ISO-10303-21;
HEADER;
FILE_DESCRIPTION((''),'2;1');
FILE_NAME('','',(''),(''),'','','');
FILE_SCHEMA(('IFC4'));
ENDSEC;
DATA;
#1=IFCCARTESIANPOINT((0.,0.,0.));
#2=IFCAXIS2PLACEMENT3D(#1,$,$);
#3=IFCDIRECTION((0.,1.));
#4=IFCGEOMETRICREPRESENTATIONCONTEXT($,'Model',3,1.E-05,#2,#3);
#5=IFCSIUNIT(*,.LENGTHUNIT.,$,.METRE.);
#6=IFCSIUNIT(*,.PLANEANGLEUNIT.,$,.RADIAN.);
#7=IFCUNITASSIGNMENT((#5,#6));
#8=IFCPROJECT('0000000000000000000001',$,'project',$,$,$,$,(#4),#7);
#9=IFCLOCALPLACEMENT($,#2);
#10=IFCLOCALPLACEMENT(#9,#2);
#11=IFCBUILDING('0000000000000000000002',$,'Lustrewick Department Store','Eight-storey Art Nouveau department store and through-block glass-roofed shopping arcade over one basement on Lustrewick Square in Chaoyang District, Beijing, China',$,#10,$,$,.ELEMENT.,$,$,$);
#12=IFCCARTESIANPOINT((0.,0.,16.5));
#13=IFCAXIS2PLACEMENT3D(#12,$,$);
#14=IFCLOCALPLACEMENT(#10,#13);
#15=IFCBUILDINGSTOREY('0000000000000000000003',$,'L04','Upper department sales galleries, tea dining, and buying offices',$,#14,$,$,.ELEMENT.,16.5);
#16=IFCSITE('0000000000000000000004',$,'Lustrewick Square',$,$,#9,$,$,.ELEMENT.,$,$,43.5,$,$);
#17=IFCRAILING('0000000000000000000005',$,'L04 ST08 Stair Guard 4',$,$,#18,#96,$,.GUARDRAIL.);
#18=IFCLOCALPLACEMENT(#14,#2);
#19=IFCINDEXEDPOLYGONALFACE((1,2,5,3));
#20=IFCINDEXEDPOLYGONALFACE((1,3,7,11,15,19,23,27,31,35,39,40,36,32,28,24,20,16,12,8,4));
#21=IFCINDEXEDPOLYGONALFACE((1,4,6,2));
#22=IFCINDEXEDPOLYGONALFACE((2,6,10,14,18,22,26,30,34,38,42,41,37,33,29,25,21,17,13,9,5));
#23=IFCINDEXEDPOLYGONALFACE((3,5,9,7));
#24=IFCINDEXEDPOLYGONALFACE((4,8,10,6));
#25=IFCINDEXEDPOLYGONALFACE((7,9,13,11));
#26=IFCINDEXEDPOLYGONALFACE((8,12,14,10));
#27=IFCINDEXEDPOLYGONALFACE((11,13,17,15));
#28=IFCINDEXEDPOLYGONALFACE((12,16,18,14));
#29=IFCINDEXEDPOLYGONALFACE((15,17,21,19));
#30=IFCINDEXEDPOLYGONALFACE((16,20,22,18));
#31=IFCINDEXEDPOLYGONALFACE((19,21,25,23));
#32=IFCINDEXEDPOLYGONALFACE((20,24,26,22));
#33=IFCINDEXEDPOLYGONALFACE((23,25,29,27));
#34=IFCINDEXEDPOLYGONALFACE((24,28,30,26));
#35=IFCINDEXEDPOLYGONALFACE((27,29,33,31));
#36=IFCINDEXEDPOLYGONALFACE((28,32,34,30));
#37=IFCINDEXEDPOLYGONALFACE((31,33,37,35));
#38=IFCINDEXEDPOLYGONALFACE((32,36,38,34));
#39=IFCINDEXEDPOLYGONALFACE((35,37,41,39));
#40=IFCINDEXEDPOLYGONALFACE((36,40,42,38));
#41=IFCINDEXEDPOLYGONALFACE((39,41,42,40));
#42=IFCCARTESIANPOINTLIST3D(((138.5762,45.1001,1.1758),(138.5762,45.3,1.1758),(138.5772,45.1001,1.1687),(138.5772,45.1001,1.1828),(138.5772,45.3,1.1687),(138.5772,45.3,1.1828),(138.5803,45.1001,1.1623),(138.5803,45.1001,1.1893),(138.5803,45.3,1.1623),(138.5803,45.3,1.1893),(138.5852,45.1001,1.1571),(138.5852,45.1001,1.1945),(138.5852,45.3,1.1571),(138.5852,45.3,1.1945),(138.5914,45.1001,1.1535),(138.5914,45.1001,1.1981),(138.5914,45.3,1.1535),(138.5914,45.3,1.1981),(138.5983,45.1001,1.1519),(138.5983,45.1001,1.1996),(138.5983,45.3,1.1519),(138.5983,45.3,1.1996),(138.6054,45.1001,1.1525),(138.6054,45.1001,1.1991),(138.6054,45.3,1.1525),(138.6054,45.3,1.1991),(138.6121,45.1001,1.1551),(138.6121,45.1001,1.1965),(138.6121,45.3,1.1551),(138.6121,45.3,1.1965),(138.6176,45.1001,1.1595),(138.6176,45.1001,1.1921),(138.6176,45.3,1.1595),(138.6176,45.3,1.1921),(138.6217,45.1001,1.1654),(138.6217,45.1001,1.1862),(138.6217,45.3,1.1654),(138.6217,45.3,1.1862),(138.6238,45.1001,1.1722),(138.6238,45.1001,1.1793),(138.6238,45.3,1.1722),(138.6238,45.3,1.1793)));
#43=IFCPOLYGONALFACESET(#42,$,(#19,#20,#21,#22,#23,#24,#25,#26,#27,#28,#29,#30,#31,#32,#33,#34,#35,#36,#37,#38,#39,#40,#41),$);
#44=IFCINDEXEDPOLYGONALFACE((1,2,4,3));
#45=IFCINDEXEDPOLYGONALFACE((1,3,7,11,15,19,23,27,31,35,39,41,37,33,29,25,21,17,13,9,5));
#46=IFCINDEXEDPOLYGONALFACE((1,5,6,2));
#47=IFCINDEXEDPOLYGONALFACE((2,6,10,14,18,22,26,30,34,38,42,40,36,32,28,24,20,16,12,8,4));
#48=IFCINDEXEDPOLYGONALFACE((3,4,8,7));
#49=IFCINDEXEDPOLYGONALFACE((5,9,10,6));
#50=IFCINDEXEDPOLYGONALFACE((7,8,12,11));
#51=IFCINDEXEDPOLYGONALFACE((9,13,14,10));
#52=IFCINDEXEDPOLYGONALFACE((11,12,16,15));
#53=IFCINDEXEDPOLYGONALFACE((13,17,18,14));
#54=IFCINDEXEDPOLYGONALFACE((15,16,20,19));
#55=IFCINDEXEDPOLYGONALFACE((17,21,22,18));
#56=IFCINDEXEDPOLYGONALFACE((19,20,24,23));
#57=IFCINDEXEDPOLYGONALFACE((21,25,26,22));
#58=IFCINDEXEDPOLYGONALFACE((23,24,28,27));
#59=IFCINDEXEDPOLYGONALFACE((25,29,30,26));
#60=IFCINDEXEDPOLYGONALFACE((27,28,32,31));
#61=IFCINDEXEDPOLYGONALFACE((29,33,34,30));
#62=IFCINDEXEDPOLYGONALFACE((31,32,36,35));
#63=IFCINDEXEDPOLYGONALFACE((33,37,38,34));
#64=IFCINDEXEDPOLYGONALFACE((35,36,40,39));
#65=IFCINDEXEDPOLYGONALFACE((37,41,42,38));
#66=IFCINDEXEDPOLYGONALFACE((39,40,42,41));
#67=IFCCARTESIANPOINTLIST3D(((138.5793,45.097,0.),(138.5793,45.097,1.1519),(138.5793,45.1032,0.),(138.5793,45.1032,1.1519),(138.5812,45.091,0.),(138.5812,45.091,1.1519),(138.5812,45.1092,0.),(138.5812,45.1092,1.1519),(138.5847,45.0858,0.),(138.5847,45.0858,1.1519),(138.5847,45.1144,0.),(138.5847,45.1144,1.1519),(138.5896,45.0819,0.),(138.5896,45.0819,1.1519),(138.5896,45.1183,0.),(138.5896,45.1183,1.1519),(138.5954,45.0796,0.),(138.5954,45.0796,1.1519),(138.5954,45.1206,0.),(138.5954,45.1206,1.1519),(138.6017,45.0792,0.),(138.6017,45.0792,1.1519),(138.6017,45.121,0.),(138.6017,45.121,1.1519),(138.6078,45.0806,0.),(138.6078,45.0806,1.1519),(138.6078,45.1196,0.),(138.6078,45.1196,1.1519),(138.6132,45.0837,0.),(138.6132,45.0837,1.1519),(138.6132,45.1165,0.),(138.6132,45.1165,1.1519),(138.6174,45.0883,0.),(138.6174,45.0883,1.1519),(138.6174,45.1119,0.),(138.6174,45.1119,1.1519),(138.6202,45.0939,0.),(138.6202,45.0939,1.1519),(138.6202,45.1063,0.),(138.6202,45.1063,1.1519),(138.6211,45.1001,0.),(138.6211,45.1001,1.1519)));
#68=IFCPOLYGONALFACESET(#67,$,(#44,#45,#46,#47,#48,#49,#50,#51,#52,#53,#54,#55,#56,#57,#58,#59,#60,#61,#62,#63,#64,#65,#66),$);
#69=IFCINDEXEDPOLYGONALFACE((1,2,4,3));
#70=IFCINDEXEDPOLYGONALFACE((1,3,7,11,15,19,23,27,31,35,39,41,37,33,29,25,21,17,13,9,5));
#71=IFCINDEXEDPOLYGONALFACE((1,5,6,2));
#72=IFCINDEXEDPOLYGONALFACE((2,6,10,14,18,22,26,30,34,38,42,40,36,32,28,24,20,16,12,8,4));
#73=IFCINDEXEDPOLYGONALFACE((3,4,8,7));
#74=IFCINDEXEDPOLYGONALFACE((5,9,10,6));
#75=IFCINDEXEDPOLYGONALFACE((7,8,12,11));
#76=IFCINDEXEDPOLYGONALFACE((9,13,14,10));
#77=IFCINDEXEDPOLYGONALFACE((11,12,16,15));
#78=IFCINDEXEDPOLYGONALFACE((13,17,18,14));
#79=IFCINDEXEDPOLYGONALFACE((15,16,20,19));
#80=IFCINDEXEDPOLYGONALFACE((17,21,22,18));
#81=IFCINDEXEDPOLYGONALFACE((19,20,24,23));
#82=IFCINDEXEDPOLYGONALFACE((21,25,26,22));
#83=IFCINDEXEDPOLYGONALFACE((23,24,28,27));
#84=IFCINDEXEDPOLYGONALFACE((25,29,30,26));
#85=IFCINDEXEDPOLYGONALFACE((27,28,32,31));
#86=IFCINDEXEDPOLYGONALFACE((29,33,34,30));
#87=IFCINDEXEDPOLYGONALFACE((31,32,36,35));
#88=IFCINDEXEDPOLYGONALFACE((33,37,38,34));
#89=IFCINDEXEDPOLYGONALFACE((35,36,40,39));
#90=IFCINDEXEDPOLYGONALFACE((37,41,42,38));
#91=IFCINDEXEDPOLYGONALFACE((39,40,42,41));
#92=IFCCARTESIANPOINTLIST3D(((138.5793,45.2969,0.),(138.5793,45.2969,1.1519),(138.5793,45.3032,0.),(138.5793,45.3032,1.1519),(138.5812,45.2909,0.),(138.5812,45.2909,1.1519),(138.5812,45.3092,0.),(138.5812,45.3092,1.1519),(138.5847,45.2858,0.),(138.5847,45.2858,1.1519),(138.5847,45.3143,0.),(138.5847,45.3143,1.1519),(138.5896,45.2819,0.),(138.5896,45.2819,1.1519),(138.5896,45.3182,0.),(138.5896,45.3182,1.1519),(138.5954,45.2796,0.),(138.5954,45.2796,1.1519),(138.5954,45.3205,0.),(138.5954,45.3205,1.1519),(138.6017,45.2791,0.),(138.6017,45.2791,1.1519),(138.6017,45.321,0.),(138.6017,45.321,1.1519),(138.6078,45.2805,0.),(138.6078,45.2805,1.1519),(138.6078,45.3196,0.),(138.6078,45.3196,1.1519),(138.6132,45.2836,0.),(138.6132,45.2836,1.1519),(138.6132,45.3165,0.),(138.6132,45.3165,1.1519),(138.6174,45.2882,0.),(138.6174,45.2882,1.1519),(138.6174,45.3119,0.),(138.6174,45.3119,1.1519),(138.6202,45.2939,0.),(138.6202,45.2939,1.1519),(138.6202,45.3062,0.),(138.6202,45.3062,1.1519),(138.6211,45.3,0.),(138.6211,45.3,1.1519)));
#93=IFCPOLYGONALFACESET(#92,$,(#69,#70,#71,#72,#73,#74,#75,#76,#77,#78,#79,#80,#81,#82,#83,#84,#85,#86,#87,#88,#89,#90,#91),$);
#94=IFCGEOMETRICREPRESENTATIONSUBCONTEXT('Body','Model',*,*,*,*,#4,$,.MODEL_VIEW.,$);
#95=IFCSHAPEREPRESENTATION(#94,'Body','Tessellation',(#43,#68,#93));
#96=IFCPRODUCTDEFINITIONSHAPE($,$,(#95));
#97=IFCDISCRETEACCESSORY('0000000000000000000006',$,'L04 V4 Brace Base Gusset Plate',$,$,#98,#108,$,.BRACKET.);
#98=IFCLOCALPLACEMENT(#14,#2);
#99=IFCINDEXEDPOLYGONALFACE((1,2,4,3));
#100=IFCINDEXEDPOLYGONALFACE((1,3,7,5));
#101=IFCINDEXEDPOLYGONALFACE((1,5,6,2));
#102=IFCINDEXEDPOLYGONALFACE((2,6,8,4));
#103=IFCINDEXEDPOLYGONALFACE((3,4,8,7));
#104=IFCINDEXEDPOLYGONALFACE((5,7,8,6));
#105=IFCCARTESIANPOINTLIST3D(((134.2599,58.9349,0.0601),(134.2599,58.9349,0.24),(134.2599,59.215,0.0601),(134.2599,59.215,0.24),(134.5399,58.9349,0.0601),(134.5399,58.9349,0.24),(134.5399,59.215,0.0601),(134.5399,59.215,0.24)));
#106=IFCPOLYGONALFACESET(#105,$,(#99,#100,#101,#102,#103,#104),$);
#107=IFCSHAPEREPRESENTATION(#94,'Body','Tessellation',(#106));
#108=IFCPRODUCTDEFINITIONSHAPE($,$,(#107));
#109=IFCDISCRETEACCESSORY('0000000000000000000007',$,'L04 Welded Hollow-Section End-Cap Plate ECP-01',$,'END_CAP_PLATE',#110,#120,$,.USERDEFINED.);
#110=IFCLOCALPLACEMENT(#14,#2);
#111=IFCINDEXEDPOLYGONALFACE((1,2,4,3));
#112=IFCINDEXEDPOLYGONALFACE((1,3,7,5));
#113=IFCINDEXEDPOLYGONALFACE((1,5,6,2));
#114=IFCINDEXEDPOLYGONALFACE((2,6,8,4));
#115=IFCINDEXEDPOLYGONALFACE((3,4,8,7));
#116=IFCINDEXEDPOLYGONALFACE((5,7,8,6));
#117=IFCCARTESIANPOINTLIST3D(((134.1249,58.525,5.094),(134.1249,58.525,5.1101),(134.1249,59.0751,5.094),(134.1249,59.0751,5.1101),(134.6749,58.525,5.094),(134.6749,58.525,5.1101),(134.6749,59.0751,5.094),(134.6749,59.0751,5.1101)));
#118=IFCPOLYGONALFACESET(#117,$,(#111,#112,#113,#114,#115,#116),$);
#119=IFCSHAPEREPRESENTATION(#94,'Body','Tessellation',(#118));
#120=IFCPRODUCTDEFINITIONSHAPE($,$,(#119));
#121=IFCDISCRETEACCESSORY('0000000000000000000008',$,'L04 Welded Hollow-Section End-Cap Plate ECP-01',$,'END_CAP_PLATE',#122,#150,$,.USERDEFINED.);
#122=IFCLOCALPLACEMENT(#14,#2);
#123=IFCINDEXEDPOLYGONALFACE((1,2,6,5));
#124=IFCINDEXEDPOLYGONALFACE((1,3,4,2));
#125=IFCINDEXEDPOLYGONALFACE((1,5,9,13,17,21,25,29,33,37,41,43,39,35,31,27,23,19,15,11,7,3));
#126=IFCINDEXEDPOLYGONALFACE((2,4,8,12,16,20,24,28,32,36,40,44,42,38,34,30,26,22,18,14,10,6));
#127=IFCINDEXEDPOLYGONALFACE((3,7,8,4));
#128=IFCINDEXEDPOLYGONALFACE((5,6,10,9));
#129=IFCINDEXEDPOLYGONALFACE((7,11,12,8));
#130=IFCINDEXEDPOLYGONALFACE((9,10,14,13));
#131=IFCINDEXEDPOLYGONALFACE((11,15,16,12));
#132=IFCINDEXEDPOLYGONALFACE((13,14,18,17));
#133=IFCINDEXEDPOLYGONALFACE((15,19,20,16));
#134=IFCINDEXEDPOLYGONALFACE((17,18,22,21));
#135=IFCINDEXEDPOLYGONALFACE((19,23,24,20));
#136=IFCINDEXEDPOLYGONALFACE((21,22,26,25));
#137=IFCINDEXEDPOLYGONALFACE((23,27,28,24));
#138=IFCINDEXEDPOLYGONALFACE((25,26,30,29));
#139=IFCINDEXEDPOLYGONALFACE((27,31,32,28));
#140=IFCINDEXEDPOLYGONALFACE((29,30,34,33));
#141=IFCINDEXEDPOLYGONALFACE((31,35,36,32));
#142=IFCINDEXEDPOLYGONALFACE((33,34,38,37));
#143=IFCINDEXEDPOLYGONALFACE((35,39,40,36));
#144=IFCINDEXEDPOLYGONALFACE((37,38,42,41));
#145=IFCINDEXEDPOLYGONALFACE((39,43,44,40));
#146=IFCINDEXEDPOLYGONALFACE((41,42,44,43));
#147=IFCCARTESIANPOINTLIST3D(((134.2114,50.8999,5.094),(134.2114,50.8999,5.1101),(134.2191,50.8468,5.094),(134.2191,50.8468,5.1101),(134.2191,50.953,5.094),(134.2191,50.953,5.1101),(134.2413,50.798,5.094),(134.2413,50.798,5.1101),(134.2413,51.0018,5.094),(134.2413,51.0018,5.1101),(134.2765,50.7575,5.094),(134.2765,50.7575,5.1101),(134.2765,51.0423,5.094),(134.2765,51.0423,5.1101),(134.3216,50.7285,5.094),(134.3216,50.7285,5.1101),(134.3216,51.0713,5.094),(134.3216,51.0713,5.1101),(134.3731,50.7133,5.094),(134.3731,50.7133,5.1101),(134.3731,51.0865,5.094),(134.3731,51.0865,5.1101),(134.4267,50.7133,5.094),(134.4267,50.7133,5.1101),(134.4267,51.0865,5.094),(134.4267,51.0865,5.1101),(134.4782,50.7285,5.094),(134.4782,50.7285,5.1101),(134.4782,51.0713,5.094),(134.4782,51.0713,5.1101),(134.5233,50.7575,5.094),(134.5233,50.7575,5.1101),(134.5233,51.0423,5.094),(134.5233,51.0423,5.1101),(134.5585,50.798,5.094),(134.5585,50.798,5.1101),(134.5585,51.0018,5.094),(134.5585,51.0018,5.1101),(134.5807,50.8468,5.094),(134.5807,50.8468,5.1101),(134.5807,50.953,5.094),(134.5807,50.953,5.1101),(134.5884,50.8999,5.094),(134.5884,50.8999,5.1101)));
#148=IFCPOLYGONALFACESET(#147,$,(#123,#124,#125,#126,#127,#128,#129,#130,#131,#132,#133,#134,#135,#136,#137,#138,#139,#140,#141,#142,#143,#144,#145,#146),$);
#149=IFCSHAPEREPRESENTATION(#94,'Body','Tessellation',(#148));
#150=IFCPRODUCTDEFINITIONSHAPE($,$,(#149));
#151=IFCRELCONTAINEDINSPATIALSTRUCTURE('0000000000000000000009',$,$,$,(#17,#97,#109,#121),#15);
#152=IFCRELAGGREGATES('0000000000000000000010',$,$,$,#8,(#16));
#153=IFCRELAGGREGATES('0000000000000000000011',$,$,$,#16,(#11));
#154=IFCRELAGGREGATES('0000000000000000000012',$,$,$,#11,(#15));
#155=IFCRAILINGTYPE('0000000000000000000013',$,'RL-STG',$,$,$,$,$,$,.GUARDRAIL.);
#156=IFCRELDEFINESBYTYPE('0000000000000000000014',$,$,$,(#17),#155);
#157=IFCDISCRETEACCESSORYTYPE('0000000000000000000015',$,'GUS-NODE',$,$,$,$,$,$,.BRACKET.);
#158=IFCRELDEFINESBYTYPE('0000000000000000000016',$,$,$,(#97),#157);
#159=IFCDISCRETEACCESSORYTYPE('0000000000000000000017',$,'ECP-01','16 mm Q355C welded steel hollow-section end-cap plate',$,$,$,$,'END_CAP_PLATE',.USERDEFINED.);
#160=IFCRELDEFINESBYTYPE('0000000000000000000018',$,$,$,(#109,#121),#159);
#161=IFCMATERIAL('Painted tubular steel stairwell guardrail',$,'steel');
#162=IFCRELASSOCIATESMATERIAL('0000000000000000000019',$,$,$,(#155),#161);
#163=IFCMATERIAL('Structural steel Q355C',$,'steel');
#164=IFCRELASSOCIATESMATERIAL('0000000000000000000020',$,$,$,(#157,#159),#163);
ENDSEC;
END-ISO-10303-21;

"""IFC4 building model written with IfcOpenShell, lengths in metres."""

from ifc_helpers import new_model, si_unit, direction, frame, origin, origin_2d, place, context, subcontext, project, spatial, rectangle, circle, extrude, material, type_object, element, save


model = new_model("IFC4")

# Units and contexts
model_context = context("Model", 3, precision=1e-05, world=origin(), true_north=direction((0.0, 1.0)))
body_context = subcontext(model_context, "Body", "Model", "MODEL_VIEW")
ifc_project = project(units=[si_unit("LENGTHUNIT", "METRE"), si_unit("PLANEANGLEUNIT", "RADIAN")], contexts=[model_context])

# Site, building, storey
site_placement = place(None, origin())
site = spatial("IfcSite", under=ifc_project, at=site_placement, Name="Lustrewick Square", CompositionType="ELEMENT", RefElevation=43.5)
building_placement = place(site_placement, origin())
building = spatial("IfcBuilding", under=site, at=building_placement, Name="Lustrewick Department Store", Description="Eight-storey Art Nouveau department store and through-block glass-roofed shopping arcade over one basement on Lustrewick Square in Chaoyang District, Beijing, China", CompositionType="ELEMENT")
storey_placement = place(building_placement, frame((0.0, 0.0, 16.5)))
storey = spatial("IfcBuildingStorey", under=building, at=storey_placement, Name="L04", Description="Upper department sales galleries, tea dining, and buying offices", CompositionType="ELEMENT", Elevation=16.5)

# Shared definitions
ifc_material_1 = material(Name="Structural steel Q355C", Category="steel")

# Railing
ifc_material_2 = material(Name="Painted tubular steel stairwell guardrail", Category="steel")
railing_type = type_object("IfcRailingType", Name="RL-STG", PredefinedType="GUARDRAIL", material=ifc_material_2)
railing_1_placement = place(storey_placement, frame((138.6001, 45.1001, 0.0)))
element("IfcRailing", 1, at=railing_1_placement, inside=storey, type_object=railing_type, Name="L04 ST08 Stair Guard 4", PredefinedType="GUARDRAIL", context=body_context, shape_type="SweptSolid", body=[
    extrude(circle(Radius=0.0239, at=origin_2d()), frame((0.0, 0.0, 1.1758), z_axis=(0.0, 1.0, 0.0), x_axis=(-1.0, 0.0, 0.0)), (0.0, 0.0, 1.0), 0.2),
    extrude(circle(Radius=0.021, at=origin_2d()), origin(), (0.0, 0.0, 1.0), 1.1519),
    extrude(circle(Radius=0.021, at=origin_2d()), frame((0.0, 0.2, 0.0)), (0.0, 0.0, 1.0), 1.1519),
])

# Discrete accessories
discrete_accessory_type_1 = type_object("IfcDiscreteAccessoryType", Name="GUS-NODE", PredefinedType="BRACKET", material=ifc_material_1)
discrete_accessory_1_placement = place(storey_placement, frame((134.3999, 59.075, 0.0601), z_axis=(0.0, 0.0, 1.0), x_axis=(1.0, 0.0, 0.0)))
element("IfcDiscreteAccessory", 2, at=discrete_accessory_1_placement, inside=storey, type_object=discrete_accessory_type_1, Name="L04 V4 Brace Base Gusset Plate", PredefinedType="BRACKET", context=body_context, shape_type="SweptSolid", body=[
    extrude(rectangle(XDim=0.28, YDim=0.28, at=origin_2d()), origin(), (0.0, 0.0, 1.0), 0.1799),
])
discrete_accessory_type_2 = type_object("IfcDiscreteAccessoryType", Name="ECP-01", Description="16 mm Q355C welded steel hollow-section end-cap plate", ElementType="END_CAP_PLATE", PredefinedType="USERDEFINED", material=ifc_material_1)
discrete_accessory_2_placement = place(storey_placement, frame((134.3999, 58.8, 5.094), z_axis=(0.0, 0.0, 1.0), x_axis=(1.0, 0.0, 0.0)))
element("IfcDiscreteAccessory", 3, at=discrete_accessory_2_placement, inside=storey, type_object=discrete_accessory_type_2, Name="L04 Welded Hollow-Section End-Cap Plate ECP-01", ObjectType="END_CAP_PLATE", PredefinedType="USERDEFINED", context=body_context, shape_type="SweptSolid", body=[
    extrude(rectangle(XDim=0.55, YDim=0.55, at=origin_2d()), origin(), (0.0, 0.0, 1.0), 0.0161),
])
discrete_accessory_3_placement = place(storey_placement, frame((134.3999, 50.8999, 5.094), z_axis=(0.0, 0.0, 1.0), x_axis=(1.0, 0.0, 0.0)))
element("IfcDiscreteAccessory", 4, at=discrete_accessory_3_placement, inside=storey, type_object=discrete_accessory_type_2, Name="L04 Welded Hollow-Section End-Cap Plate ECP-01", ObjectType="END_CAP_PLATE", PredefinedType="USERDEFINED", context=body_context, shape_type="SweptSolid", body=[
    extrude(circle(Radius=0.1885, at=origin_2d()), origin(), (0.0, 0.0, 1.0), 0.0161),
])

save(model, "model.ifc")
